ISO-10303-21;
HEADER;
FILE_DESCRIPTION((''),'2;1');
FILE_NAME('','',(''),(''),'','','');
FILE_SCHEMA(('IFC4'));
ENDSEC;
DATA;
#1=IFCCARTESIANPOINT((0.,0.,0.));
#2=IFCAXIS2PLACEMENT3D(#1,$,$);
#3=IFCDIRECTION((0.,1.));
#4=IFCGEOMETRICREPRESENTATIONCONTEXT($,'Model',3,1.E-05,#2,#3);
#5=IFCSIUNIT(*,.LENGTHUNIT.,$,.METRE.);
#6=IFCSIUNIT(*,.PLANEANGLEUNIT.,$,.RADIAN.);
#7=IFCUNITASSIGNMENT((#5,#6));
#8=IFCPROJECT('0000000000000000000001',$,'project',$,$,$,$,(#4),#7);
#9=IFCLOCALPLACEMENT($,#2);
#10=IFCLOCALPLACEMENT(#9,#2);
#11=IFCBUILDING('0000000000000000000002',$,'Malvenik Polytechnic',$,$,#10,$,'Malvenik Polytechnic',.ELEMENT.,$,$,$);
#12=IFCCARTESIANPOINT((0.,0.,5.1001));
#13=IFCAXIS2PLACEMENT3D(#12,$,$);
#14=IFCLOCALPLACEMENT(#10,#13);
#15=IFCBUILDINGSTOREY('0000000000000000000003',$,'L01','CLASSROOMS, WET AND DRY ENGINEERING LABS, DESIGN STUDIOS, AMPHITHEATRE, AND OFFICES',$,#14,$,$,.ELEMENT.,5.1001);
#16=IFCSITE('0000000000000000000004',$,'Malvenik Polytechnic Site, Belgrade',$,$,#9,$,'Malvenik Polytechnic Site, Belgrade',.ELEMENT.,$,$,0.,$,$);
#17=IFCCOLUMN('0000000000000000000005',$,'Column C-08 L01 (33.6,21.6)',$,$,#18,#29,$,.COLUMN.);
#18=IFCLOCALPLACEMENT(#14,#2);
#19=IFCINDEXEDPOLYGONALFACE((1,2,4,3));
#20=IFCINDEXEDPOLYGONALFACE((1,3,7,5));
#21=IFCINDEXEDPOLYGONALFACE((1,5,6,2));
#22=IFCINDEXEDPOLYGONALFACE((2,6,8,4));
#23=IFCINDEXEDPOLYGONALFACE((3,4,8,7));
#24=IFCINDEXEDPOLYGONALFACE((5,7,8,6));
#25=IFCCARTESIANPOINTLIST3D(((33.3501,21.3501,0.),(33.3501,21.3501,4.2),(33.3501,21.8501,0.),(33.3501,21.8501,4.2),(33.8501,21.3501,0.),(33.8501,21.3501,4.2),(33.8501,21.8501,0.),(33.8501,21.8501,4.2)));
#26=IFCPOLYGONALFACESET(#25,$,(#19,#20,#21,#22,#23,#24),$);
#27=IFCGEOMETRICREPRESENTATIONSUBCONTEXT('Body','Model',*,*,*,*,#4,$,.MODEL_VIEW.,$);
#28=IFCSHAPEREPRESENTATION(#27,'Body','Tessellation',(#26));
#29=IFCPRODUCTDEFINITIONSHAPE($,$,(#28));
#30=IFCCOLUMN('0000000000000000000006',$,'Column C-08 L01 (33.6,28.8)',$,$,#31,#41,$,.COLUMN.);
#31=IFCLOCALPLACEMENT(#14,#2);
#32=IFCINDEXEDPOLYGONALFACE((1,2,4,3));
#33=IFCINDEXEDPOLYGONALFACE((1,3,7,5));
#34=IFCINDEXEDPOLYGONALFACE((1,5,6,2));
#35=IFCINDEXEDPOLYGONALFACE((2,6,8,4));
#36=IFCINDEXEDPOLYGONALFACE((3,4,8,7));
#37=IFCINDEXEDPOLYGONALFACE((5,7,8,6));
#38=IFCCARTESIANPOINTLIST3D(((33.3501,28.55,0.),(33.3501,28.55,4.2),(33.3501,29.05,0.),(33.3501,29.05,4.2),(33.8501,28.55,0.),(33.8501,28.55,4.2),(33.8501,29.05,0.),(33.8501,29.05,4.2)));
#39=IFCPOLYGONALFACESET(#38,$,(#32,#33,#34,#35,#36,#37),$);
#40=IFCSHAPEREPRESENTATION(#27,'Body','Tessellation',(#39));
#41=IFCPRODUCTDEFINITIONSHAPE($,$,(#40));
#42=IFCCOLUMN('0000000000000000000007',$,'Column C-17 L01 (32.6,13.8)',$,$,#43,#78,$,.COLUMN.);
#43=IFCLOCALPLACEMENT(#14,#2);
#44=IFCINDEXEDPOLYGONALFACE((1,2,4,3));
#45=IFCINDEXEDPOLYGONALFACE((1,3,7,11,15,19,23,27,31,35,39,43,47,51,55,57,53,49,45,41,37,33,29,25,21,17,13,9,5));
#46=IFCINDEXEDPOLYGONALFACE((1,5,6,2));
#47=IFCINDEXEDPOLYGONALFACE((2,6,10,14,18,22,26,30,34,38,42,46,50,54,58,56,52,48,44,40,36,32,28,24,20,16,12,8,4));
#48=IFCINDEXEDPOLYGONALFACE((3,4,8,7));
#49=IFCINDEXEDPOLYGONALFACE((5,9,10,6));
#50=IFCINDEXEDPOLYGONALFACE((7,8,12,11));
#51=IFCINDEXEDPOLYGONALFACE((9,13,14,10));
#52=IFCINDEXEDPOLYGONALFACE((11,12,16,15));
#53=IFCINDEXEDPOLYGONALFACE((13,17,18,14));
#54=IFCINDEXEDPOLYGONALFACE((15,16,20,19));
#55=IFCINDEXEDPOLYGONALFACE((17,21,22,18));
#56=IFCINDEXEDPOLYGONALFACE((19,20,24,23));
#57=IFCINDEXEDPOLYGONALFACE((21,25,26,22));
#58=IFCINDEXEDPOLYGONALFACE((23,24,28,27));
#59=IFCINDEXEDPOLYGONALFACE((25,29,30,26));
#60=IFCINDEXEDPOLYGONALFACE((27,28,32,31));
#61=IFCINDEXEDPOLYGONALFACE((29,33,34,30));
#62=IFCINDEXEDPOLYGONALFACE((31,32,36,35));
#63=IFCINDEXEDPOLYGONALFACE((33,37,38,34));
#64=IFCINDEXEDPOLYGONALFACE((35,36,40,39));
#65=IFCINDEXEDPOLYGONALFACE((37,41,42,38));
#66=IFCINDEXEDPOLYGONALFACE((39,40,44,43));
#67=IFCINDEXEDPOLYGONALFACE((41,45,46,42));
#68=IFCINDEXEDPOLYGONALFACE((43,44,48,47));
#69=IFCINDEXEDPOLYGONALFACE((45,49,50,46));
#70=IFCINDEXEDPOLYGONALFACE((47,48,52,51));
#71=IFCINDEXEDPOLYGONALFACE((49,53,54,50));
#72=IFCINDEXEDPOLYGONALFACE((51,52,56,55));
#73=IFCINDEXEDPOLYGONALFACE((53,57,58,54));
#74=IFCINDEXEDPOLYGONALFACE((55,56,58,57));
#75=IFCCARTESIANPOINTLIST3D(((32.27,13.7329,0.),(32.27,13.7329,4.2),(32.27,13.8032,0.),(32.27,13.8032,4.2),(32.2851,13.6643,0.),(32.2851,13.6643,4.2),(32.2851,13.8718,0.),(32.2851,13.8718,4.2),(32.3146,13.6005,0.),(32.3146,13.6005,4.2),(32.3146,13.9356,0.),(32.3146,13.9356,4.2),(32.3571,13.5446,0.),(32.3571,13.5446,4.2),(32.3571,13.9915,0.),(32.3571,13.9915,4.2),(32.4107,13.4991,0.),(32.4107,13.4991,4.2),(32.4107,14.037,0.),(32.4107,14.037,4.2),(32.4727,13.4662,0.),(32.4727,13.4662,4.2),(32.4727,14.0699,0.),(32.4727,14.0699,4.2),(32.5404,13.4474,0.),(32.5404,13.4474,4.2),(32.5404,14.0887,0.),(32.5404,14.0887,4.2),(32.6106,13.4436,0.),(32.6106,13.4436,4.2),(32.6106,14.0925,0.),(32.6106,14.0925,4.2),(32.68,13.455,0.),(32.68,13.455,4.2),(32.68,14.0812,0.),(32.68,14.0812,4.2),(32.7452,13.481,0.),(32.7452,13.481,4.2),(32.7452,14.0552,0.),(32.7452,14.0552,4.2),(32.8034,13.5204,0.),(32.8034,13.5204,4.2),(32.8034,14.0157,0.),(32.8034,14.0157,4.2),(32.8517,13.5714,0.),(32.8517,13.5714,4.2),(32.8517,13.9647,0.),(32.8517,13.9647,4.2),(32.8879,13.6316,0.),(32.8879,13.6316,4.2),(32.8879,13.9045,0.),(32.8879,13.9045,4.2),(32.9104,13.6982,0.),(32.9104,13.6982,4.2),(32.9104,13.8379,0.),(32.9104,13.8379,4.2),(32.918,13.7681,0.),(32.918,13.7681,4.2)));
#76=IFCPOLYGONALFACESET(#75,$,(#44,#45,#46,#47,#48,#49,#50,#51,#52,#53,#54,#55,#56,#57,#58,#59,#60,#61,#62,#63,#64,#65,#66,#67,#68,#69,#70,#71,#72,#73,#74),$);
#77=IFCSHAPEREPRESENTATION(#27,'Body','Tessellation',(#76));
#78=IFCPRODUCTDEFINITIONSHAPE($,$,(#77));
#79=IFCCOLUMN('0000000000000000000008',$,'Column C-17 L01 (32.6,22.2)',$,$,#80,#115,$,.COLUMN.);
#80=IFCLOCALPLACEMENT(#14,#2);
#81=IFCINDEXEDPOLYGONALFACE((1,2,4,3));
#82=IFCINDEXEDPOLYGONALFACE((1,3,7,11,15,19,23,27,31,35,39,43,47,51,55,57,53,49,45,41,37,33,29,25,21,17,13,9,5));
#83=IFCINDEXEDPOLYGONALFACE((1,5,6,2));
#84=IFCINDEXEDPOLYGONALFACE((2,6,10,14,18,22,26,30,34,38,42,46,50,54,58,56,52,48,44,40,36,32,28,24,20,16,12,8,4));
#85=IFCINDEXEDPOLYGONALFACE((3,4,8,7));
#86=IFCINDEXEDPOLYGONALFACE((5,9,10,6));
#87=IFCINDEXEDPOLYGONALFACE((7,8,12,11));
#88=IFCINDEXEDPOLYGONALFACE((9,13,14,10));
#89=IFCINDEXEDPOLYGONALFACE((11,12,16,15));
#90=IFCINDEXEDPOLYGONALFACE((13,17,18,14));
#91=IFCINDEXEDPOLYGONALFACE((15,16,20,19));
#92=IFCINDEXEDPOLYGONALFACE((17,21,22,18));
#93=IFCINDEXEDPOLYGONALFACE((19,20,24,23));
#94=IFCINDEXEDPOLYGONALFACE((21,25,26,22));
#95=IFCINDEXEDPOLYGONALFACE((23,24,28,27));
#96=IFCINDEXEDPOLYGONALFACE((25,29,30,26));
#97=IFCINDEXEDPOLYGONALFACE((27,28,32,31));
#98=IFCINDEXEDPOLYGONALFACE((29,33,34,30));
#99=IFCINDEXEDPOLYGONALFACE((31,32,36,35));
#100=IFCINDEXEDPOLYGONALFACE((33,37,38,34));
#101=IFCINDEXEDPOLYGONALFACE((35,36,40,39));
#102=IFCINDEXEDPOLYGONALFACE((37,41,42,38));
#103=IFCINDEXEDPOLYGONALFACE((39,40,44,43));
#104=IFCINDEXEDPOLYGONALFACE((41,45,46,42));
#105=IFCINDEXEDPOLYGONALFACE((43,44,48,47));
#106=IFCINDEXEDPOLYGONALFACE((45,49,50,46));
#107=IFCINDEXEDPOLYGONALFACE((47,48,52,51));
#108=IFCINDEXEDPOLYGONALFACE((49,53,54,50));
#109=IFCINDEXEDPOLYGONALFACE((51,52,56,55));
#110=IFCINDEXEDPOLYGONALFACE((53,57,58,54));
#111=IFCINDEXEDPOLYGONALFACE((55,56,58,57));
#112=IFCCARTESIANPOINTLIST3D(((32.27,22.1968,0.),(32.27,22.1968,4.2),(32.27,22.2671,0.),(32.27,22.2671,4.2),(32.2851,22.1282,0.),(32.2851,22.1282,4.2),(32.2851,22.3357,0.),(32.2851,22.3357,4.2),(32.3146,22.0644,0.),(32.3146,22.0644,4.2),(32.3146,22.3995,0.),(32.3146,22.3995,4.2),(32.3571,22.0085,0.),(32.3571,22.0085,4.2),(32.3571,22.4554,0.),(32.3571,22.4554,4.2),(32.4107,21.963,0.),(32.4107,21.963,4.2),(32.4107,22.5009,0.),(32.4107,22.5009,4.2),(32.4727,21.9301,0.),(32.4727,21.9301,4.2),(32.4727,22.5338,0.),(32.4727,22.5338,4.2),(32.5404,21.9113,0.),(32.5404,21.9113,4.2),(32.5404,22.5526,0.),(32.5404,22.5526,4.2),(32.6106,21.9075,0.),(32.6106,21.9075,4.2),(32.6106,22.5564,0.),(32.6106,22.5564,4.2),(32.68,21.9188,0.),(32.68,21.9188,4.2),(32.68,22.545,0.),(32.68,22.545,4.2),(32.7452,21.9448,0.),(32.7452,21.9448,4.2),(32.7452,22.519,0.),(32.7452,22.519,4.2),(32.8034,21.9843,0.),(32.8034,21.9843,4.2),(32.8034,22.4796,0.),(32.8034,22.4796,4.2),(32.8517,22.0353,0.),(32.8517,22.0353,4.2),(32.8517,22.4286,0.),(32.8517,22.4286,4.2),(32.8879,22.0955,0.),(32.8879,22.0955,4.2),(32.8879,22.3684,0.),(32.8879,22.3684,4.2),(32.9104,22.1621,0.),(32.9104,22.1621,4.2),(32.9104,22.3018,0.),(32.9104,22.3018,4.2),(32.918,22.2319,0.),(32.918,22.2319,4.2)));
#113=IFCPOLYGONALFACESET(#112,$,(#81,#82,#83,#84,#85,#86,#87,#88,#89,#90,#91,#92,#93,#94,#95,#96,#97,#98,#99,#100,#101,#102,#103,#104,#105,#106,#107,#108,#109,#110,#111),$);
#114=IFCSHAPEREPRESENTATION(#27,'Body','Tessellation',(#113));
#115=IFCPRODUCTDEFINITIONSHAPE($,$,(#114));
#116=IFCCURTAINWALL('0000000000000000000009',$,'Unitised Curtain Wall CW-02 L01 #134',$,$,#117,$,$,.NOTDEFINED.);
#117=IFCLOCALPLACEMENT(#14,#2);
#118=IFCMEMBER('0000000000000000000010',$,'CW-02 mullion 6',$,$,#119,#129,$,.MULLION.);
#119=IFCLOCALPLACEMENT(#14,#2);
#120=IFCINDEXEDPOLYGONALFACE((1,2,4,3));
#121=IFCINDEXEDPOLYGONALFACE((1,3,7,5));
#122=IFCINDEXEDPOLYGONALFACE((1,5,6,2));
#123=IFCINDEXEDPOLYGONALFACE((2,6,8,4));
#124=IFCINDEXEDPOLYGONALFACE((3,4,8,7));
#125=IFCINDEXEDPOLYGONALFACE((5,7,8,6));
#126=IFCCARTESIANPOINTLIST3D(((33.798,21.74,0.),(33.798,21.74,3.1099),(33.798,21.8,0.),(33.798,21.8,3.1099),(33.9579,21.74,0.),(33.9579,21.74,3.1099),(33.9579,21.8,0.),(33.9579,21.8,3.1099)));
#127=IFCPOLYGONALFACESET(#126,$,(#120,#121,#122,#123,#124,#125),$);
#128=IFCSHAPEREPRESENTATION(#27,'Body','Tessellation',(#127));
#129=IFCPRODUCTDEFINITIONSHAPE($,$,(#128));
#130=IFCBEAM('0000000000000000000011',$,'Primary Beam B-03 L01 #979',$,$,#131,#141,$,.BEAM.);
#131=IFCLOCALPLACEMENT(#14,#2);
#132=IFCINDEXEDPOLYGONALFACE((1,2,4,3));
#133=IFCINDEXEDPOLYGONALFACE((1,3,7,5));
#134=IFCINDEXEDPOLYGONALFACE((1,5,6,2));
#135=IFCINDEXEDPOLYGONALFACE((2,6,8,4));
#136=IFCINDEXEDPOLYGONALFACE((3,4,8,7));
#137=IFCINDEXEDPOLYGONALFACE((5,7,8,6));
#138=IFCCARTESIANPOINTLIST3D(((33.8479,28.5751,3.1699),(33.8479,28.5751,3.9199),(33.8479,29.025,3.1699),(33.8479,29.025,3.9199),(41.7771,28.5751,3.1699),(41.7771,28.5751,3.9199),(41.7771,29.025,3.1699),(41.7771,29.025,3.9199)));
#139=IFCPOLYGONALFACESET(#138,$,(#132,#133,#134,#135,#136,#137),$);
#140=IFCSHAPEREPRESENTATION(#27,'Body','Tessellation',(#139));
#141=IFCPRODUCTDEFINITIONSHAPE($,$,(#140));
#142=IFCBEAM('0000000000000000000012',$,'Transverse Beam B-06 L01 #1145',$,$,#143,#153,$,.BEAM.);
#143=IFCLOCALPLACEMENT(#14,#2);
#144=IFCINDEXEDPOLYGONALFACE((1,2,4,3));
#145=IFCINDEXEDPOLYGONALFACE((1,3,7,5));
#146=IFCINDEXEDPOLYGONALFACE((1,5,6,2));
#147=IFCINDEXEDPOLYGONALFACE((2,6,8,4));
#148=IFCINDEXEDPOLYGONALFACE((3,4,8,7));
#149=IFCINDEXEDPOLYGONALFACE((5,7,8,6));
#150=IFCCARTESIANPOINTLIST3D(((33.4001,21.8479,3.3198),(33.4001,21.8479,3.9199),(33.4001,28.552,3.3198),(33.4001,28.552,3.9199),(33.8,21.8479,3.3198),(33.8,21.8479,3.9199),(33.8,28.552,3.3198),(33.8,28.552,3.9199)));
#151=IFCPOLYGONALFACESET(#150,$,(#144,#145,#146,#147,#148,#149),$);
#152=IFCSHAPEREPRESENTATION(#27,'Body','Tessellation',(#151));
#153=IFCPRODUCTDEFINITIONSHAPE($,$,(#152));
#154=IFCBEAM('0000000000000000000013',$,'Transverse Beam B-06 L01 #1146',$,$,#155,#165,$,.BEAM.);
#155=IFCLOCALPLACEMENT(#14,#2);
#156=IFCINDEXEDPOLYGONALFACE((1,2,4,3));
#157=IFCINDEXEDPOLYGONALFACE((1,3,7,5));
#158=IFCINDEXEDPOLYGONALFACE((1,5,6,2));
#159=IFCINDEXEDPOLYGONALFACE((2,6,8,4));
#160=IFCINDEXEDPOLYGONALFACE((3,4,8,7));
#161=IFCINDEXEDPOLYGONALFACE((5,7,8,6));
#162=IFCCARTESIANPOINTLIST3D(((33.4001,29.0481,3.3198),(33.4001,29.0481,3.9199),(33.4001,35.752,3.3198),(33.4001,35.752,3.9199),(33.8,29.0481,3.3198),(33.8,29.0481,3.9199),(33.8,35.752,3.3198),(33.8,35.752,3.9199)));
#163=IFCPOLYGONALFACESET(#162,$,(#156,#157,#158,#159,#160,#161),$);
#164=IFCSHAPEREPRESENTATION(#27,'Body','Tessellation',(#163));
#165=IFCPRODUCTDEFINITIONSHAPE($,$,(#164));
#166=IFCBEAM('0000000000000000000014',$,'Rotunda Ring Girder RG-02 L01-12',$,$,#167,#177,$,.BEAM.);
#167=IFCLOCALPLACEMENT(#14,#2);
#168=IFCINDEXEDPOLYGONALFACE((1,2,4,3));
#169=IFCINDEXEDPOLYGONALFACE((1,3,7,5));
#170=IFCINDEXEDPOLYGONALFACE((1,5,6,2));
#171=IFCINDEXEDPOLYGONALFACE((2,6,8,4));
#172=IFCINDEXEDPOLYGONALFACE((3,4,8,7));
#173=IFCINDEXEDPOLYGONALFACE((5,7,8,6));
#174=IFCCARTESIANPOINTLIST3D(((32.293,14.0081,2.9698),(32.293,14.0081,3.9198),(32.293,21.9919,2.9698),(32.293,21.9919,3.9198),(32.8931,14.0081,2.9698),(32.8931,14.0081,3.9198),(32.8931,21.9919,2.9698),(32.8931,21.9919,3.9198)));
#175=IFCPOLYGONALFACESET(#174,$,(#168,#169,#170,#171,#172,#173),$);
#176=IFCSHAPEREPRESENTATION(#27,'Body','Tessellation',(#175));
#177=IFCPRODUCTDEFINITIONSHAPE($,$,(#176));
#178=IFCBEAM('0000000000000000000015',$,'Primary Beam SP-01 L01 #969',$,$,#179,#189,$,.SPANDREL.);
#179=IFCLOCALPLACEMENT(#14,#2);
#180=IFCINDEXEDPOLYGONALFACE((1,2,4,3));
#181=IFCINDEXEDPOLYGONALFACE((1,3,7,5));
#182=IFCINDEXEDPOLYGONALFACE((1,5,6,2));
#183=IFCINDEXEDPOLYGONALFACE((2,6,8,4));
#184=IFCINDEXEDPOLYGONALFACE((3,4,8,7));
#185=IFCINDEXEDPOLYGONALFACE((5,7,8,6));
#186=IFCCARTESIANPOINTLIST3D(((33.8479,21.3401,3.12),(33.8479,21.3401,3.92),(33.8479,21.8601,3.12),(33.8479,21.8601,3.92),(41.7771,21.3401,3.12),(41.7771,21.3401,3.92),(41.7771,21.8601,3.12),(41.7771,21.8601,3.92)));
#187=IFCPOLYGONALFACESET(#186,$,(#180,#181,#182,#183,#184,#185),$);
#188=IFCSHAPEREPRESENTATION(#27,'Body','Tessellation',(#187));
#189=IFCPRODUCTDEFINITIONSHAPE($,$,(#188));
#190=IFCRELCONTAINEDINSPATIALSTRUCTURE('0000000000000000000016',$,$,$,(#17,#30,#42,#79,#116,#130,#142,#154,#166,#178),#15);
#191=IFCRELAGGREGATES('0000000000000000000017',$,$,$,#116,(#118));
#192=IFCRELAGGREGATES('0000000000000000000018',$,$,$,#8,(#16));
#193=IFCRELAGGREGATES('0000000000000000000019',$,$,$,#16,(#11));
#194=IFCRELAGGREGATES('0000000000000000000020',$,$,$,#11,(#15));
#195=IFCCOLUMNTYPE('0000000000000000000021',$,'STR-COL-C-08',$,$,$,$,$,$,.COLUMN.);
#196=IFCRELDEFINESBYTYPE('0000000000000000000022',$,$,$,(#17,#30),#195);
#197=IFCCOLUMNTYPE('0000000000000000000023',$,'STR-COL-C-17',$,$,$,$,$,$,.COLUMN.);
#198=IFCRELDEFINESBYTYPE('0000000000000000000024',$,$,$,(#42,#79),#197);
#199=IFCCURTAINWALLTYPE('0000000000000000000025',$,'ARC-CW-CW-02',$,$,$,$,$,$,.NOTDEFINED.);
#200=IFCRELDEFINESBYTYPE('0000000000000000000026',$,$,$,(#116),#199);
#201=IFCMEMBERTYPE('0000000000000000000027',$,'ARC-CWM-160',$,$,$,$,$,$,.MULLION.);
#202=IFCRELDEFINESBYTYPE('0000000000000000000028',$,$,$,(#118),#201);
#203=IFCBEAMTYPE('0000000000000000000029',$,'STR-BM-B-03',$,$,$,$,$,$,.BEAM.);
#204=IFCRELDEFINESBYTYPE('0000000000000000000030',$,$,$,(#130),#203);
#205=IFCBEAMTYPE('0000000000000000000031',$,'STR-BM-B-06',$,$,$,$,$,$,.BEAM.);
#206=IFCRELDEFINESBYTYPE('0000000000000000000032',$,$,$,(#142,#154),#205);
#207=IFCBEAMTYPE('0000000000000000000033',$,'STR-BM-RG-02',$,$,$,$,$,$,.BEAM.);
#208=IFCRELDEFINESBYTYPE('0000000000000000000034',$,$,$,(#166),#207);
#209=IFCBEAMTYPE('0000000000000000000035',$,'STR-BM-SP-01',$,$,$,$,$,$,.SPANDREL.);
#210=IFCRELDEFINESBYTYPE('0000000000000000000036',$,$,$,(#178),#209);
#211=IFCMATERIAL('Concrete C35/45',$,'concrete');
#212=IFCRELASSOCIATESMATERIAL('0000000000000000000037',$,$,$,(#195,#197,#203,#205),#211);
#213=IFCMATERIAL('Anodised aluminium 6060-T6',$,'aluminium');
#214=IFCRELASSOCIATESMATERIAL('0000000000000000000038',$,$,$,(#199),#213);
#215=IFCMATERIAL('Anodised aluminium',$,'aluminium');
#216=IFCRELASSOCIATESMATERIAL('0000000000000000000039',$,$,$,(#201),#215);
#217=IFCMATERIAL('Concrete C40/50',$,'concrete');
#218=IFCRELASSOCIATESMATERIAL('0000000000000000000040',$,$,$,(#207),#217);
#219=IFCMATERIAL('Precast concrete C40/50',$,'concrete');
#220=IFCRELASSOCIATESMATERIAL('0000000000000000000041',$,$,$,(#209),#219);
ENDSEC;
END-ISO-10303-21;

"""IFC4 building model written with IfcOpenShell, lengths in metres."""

from ifc_helpers import new_model, si_unit, direction, frame, origin, origin_2d, place, context, subcontext, project, spatial, rectangle, circle, extrude, material, material_profile, profile_set, type_object, element, aggregate, save


model = new_model("IFC4")

# Units and contexts
model_context = context("Model", 3, precision=1e-05, world=origin(), true_north=direction((0.0, 1.0)))
body_context = subcontext(model_context, "Body", "Model", "MODEL_VIEW")
ifc_project = project(units=[si_unit("LENGTHUNIT", "METRE"), si_unit("PLANEANGLEUNIT", "RADIAN")], contexts=[model_context])

# Site, building, storey
site_placement = place(None, origin())
site = spatial("IfcSite", under=ifc_project, at=site_placement, Name="Malvenik Polytechnic Site, Belgrade", LongName="Malvenik Polytechnic Site, Belgrade", CompositionType="ELEMENT", RefElevation=0.0)
building_placement = place(site_placement, origin())
building = spatial("IfcBuilding", under=site, at=building_placement, Name="Malvenik Polytechnic", LongName="Malvenik Polytechnic", CompositionType="ELEMENT")
storey_placement = place(building_placement, frame((0.0, 0.0, 5.1001)))
storey = spatial("IfcBuildingStorey", under=building, at=storey_placement, Name="L01", Description="CLASSROOMS, WET AND DRY ENGINEERING LABS, DESIGN STUDIOS, AMPHITHEATRE, AND OFFICES", CompositionType="ELEMENT", Elevation=5.1001)

# Columns
ifc_material_1 = material(Name="Concrete C35/45", Category="concrete")
ifc_material_profile_1 = material_profile(ifc_material_1, rectangle(XDim=0.5, YDim=0.5, at=origin_2d()), Name="RC COL 500x500")
ifc_profile_set_1 = profile_set([ifc_material_profile_1], Name="Concrete C35/45")
column_type_1 = type_object("IfcColumnType", Name="STR-COL-C-08", PredefinedType="COLUMN", material=ifc_profile_set_1)
for number, where, z_axis, x_axis, name in (
    (1, (33.6001, 21.6001, 0.0), (0.0, 0.0, 1.0), (1.0, 0.0, 0.0), "Column C-08 L01 (33.6,21.6)"),
    (2, (33.6001, 28.8, 0.0), (0.0, 0.0, 1.0), (1.0, 0.0, 0.0), "Column C-08 L01 (33.6,28.8)"),
):
    element("IfcColumn", number, at=place(storey_placement, frame(where, z_axis=z_axis, x_axis=x_axis)), inside=storey, type_object=column_type_1, Name=name, PredefinedType="COLUMN", context=body_context, shape_type="SweptSolid", body=[
        extrude(rectangle(XDim=0.5, YDim=0.5, at=origin_2d()), origin(), (0.0, 0.0, 1.0), 4.2),
    ])
ifc_material_profile_2 = material_profile(ifc_material_1, circle(Radius=0.325, at=origin_2d()), Name="RC COL D650")
ifc_profile_set_2 = profile_set([ifc_material_profile_2], Name="Concrete C35/45")
column_type_2 = type_object("IfcColumnType", Name="STR-COL-C-17", PredefinedType="COLUMN", material=ifc_profile_set_2)
for number, where, z_axis, x_axis, name in (
    (3, (32.593, 13.7681, 0.0), (0.0, 0.0, 1.0), (1.0, 0.0, 0.0), "Column C-17 L01 (32.6,13.8)"),
    (4, (32.593, 22.2319, 0.0), (0.0, 0.0, 1.0), (1.0, 0.0, 0.0), "Column C-17 L01 (32.6,22.2)"),
):
    element("IfcColumn", number, at=place(storey_placement, frame(where, z_axis=z_axis, x_axis=x_axis)), inside=storey, type_object=column_type_2, Name=name, PredefinedType="COLUMN", context=body_context, shape_type="SweptSolid", body=[
        extrude(circle(Radius=0.325, at=origin_2d()), origin(), (0.0, 0.0, 1.0), 4.2),
    ])

# Curtain wall, member
ifc_material_2 = material(Name="Anodised aluminium 6060-T6", Category="aluminium")
curtain_wall_type = type_object("IfcCurtainWallType", Name="ARC-CW-CW-02", PredefinedType="NOTDEFINED", material=ifc_material_2)
curtain_wall_placement = place(storey_placement, origin())
curtain_wall = element("IfcCurtainWall", 5, at=curtain_wall_placement, inside=storey, type_object=curtain_wall_type, Name="Unitised Curtain Wall CW-02 L01 #134", PredefinedType="NOTDEFINED")
ifc_material_3 = material(Name="Anodised aluminium", Category="aluminium")
ifc_material_profile_3 = material_profile(ifc_material_3, rectangle(XDim=0.0601, YDim=0.1599, at=origin_2d()), Name="ALU MULLION 60x160")
ifc_profile_set_3 = profile_set([ifc_material_profile_3], Name="Anodised aluminium")
member_type = type_object("IfcMemberType", Name="ARC-CWM-160", PredefinedType="MULLION", material=ifc_profile_set_3)
member_placement = place(storey_placement, frame((33.8779, 21.77, 0.0), z_axis=(0.0, 0.0, 1.0), x_axis=(0.0, -1.0, 0.0)))
member = element("IfcMember", 6, at=member_placement, type_object=member_type, Name="CW-02 mullion 6", PredefinedType="MULLION", context=body_context, shape_type="SweptSolid", body=[
    extrude(rectangle(XDim=0.0601, YDim=0.1599, at=origin_2d()), origin(), (0.0, 0.0, 1.0), 3.1099),
])

# Beams
ifc_material_profile_4 = material_profile(ifc_material_1, rectangle(XDim=0.45, YDim=0.75, at=origin_2d()), Name="RC BM 450x750")
ifc_profile_set_4 = profile_set([ifc_material_profile_4], Name="Concrete C35/45")
beam_type_1 = type_object("IfcBeamType", Name="STR-BM-B-03", PredefinedType="BEAM", material=ifc_profile_set_4)
beam_1_placement = place(storey_placement, frame((33.8479, 28.8, 3.5449), z_axis=(1.0, 0.0, 0.0), x_axis=(0.0, 1.0, 0.0)))
element("IfcBeam", 7, at=beam_1_placement, inside=storey, type_object=beam_type_1, Name="Primary Beam B-03 L01 #979", PredefinedType="BEAM", context=body_context, shape_type="SweptSolid", body=[
    extrude(rectangle(XDim=0.45, YDim=0.75, at=origin_2d()), origin(), (0.0, 0.0, 1.0), 7.9292),
])
ifc_material_profile_5 = material_profile(ifc_material_1, rectangle(XDim=0.3999, YDim=0.6001, at=origin_2d()), Name="RC BM 400x600")
ifc_profile_set_5 = profile_set([ifc_material_profile_5], Name="Concrete C35/45")
beam_type_2 = type_object("IfcBeamType", Name="STR-BM-B-06", PredefinedType="BEAM", material=ifc_profile_set_5)
beam_2_placement = place(storey_placement, frame((33.6001, 21.8479, 3.6199), z_axis=(0.0, 1.0, 0.0), x_axis=(-1.0, 0.0, 0.0)))
element("IfcBeam", 8, at=beam_2_placement, inside=storey, type_object=beam_type_2, Name="Transverse Beam B-06 L01 #1145", PredefinedType="BEAM", context=body_context, shape_type="SweptSolid", body=[
    extrude(rectangle(XDim=0.3999, YDim=0.6001, at=origin_2d()), origin(), (0.0, 0.0, 1.0), 6.7041),
])
beam_3_placement = place(storey_placement, frame((33.6001, 29.0481, 3.6199), z_axis=(0.0, 1.0, 0.0), x_axis=(-1.0, 0.0, 0.0)))
element("IfcBeam", 9, at=beam_3_placement, inside=storey, type_object=beam_type_2, Name="Transverse Beam B-06 L01 #1146", PredefinedType="BEAM", context=body_context, shape_type="SweptSolid", body=[
    extrude(rectangle(XDim=0.3999, YDim=0.6001, at=origin_2d()), origin(), (0.0, 0.0, 1.0), 6.7039),
])
ifc_material_4 = material(Name="Concrete C40/50", Category="concrete")
ifc_material_profile_6 = material_profile(ifc_material_4, rectangle(XDim=0.6001, YDim=0.95, at=origin_2d()), Name="RC RG 600x950")
ifc_profile_set_6 = profile_set([ifc_material_profile_6], Name="Concrete C40/50")
beam_type_3 = type_object("IfcBeamType", Name="STR-BM-RG-02", PredefinedType="BEAM", material=ifc_profile_set_6)
beam_4_placement = place(storey_placement, frame((32.593, 14.0081, 3.4448), z_axis=(0.0, 1.0, 0.0), x_axis=(-1.0, 0.0, 0.0)))
element("IfcBeam", 10, at=beam_4_placement, inside=storey, type_object=beam_type_3, Name="Rotunda Ring Girder RG-02 L01-12", PredefinedType="BEAM", context=body_context, shape_type="SweptSolid", body=[
    extrude(rectangle(XDim=0.6001, YDim=0.95, at=origin_2d()), origin(), (0.0, 0.0, 1.0), 7.9839),
])
ifc_material_5 = material(Name="Precast concrete C40/50", Category="concrete")
ifc_material_profile_7 = material_profile(ifc_material_5, rectangle(XDim=0.52, YDim=0.8, at=origin_2d()), Name="PC SPN 520x800")
ifc_profile_set_7 = profile_set([ifc_material_profile_7], Name="Precast concrete C40/50")
beam_type_4 = type_object("IfcBeamType", Name="STR-BM-SP-01", PredefinedType="SPANDREL", material=ifc_profile_set_7)
beam_5_placement = place(storey_placement, frame((33.8479, 21.6001, 3.52), z_axis=(1.0, 0.0, 0.0), x_axis=(0.0, 1.0, 0.0)))
element("IfcBeam", 11, at=beam_5_placement, inside=storey, type_object=beam_type_4, Name="Primary Beam SP-01 L01 #969", PredefinedType="SPANDREL", context=body_context, shape_type="SweptSolid", body=[
    extrude(rectangle(XDim=0.52, YDim=0.8, at=origin_2d()), origin(), (0.0, 0.0, 1.0), 7.9292),
])

aggregate(curtain_wall, [member])

save(model, "model.ifc")
